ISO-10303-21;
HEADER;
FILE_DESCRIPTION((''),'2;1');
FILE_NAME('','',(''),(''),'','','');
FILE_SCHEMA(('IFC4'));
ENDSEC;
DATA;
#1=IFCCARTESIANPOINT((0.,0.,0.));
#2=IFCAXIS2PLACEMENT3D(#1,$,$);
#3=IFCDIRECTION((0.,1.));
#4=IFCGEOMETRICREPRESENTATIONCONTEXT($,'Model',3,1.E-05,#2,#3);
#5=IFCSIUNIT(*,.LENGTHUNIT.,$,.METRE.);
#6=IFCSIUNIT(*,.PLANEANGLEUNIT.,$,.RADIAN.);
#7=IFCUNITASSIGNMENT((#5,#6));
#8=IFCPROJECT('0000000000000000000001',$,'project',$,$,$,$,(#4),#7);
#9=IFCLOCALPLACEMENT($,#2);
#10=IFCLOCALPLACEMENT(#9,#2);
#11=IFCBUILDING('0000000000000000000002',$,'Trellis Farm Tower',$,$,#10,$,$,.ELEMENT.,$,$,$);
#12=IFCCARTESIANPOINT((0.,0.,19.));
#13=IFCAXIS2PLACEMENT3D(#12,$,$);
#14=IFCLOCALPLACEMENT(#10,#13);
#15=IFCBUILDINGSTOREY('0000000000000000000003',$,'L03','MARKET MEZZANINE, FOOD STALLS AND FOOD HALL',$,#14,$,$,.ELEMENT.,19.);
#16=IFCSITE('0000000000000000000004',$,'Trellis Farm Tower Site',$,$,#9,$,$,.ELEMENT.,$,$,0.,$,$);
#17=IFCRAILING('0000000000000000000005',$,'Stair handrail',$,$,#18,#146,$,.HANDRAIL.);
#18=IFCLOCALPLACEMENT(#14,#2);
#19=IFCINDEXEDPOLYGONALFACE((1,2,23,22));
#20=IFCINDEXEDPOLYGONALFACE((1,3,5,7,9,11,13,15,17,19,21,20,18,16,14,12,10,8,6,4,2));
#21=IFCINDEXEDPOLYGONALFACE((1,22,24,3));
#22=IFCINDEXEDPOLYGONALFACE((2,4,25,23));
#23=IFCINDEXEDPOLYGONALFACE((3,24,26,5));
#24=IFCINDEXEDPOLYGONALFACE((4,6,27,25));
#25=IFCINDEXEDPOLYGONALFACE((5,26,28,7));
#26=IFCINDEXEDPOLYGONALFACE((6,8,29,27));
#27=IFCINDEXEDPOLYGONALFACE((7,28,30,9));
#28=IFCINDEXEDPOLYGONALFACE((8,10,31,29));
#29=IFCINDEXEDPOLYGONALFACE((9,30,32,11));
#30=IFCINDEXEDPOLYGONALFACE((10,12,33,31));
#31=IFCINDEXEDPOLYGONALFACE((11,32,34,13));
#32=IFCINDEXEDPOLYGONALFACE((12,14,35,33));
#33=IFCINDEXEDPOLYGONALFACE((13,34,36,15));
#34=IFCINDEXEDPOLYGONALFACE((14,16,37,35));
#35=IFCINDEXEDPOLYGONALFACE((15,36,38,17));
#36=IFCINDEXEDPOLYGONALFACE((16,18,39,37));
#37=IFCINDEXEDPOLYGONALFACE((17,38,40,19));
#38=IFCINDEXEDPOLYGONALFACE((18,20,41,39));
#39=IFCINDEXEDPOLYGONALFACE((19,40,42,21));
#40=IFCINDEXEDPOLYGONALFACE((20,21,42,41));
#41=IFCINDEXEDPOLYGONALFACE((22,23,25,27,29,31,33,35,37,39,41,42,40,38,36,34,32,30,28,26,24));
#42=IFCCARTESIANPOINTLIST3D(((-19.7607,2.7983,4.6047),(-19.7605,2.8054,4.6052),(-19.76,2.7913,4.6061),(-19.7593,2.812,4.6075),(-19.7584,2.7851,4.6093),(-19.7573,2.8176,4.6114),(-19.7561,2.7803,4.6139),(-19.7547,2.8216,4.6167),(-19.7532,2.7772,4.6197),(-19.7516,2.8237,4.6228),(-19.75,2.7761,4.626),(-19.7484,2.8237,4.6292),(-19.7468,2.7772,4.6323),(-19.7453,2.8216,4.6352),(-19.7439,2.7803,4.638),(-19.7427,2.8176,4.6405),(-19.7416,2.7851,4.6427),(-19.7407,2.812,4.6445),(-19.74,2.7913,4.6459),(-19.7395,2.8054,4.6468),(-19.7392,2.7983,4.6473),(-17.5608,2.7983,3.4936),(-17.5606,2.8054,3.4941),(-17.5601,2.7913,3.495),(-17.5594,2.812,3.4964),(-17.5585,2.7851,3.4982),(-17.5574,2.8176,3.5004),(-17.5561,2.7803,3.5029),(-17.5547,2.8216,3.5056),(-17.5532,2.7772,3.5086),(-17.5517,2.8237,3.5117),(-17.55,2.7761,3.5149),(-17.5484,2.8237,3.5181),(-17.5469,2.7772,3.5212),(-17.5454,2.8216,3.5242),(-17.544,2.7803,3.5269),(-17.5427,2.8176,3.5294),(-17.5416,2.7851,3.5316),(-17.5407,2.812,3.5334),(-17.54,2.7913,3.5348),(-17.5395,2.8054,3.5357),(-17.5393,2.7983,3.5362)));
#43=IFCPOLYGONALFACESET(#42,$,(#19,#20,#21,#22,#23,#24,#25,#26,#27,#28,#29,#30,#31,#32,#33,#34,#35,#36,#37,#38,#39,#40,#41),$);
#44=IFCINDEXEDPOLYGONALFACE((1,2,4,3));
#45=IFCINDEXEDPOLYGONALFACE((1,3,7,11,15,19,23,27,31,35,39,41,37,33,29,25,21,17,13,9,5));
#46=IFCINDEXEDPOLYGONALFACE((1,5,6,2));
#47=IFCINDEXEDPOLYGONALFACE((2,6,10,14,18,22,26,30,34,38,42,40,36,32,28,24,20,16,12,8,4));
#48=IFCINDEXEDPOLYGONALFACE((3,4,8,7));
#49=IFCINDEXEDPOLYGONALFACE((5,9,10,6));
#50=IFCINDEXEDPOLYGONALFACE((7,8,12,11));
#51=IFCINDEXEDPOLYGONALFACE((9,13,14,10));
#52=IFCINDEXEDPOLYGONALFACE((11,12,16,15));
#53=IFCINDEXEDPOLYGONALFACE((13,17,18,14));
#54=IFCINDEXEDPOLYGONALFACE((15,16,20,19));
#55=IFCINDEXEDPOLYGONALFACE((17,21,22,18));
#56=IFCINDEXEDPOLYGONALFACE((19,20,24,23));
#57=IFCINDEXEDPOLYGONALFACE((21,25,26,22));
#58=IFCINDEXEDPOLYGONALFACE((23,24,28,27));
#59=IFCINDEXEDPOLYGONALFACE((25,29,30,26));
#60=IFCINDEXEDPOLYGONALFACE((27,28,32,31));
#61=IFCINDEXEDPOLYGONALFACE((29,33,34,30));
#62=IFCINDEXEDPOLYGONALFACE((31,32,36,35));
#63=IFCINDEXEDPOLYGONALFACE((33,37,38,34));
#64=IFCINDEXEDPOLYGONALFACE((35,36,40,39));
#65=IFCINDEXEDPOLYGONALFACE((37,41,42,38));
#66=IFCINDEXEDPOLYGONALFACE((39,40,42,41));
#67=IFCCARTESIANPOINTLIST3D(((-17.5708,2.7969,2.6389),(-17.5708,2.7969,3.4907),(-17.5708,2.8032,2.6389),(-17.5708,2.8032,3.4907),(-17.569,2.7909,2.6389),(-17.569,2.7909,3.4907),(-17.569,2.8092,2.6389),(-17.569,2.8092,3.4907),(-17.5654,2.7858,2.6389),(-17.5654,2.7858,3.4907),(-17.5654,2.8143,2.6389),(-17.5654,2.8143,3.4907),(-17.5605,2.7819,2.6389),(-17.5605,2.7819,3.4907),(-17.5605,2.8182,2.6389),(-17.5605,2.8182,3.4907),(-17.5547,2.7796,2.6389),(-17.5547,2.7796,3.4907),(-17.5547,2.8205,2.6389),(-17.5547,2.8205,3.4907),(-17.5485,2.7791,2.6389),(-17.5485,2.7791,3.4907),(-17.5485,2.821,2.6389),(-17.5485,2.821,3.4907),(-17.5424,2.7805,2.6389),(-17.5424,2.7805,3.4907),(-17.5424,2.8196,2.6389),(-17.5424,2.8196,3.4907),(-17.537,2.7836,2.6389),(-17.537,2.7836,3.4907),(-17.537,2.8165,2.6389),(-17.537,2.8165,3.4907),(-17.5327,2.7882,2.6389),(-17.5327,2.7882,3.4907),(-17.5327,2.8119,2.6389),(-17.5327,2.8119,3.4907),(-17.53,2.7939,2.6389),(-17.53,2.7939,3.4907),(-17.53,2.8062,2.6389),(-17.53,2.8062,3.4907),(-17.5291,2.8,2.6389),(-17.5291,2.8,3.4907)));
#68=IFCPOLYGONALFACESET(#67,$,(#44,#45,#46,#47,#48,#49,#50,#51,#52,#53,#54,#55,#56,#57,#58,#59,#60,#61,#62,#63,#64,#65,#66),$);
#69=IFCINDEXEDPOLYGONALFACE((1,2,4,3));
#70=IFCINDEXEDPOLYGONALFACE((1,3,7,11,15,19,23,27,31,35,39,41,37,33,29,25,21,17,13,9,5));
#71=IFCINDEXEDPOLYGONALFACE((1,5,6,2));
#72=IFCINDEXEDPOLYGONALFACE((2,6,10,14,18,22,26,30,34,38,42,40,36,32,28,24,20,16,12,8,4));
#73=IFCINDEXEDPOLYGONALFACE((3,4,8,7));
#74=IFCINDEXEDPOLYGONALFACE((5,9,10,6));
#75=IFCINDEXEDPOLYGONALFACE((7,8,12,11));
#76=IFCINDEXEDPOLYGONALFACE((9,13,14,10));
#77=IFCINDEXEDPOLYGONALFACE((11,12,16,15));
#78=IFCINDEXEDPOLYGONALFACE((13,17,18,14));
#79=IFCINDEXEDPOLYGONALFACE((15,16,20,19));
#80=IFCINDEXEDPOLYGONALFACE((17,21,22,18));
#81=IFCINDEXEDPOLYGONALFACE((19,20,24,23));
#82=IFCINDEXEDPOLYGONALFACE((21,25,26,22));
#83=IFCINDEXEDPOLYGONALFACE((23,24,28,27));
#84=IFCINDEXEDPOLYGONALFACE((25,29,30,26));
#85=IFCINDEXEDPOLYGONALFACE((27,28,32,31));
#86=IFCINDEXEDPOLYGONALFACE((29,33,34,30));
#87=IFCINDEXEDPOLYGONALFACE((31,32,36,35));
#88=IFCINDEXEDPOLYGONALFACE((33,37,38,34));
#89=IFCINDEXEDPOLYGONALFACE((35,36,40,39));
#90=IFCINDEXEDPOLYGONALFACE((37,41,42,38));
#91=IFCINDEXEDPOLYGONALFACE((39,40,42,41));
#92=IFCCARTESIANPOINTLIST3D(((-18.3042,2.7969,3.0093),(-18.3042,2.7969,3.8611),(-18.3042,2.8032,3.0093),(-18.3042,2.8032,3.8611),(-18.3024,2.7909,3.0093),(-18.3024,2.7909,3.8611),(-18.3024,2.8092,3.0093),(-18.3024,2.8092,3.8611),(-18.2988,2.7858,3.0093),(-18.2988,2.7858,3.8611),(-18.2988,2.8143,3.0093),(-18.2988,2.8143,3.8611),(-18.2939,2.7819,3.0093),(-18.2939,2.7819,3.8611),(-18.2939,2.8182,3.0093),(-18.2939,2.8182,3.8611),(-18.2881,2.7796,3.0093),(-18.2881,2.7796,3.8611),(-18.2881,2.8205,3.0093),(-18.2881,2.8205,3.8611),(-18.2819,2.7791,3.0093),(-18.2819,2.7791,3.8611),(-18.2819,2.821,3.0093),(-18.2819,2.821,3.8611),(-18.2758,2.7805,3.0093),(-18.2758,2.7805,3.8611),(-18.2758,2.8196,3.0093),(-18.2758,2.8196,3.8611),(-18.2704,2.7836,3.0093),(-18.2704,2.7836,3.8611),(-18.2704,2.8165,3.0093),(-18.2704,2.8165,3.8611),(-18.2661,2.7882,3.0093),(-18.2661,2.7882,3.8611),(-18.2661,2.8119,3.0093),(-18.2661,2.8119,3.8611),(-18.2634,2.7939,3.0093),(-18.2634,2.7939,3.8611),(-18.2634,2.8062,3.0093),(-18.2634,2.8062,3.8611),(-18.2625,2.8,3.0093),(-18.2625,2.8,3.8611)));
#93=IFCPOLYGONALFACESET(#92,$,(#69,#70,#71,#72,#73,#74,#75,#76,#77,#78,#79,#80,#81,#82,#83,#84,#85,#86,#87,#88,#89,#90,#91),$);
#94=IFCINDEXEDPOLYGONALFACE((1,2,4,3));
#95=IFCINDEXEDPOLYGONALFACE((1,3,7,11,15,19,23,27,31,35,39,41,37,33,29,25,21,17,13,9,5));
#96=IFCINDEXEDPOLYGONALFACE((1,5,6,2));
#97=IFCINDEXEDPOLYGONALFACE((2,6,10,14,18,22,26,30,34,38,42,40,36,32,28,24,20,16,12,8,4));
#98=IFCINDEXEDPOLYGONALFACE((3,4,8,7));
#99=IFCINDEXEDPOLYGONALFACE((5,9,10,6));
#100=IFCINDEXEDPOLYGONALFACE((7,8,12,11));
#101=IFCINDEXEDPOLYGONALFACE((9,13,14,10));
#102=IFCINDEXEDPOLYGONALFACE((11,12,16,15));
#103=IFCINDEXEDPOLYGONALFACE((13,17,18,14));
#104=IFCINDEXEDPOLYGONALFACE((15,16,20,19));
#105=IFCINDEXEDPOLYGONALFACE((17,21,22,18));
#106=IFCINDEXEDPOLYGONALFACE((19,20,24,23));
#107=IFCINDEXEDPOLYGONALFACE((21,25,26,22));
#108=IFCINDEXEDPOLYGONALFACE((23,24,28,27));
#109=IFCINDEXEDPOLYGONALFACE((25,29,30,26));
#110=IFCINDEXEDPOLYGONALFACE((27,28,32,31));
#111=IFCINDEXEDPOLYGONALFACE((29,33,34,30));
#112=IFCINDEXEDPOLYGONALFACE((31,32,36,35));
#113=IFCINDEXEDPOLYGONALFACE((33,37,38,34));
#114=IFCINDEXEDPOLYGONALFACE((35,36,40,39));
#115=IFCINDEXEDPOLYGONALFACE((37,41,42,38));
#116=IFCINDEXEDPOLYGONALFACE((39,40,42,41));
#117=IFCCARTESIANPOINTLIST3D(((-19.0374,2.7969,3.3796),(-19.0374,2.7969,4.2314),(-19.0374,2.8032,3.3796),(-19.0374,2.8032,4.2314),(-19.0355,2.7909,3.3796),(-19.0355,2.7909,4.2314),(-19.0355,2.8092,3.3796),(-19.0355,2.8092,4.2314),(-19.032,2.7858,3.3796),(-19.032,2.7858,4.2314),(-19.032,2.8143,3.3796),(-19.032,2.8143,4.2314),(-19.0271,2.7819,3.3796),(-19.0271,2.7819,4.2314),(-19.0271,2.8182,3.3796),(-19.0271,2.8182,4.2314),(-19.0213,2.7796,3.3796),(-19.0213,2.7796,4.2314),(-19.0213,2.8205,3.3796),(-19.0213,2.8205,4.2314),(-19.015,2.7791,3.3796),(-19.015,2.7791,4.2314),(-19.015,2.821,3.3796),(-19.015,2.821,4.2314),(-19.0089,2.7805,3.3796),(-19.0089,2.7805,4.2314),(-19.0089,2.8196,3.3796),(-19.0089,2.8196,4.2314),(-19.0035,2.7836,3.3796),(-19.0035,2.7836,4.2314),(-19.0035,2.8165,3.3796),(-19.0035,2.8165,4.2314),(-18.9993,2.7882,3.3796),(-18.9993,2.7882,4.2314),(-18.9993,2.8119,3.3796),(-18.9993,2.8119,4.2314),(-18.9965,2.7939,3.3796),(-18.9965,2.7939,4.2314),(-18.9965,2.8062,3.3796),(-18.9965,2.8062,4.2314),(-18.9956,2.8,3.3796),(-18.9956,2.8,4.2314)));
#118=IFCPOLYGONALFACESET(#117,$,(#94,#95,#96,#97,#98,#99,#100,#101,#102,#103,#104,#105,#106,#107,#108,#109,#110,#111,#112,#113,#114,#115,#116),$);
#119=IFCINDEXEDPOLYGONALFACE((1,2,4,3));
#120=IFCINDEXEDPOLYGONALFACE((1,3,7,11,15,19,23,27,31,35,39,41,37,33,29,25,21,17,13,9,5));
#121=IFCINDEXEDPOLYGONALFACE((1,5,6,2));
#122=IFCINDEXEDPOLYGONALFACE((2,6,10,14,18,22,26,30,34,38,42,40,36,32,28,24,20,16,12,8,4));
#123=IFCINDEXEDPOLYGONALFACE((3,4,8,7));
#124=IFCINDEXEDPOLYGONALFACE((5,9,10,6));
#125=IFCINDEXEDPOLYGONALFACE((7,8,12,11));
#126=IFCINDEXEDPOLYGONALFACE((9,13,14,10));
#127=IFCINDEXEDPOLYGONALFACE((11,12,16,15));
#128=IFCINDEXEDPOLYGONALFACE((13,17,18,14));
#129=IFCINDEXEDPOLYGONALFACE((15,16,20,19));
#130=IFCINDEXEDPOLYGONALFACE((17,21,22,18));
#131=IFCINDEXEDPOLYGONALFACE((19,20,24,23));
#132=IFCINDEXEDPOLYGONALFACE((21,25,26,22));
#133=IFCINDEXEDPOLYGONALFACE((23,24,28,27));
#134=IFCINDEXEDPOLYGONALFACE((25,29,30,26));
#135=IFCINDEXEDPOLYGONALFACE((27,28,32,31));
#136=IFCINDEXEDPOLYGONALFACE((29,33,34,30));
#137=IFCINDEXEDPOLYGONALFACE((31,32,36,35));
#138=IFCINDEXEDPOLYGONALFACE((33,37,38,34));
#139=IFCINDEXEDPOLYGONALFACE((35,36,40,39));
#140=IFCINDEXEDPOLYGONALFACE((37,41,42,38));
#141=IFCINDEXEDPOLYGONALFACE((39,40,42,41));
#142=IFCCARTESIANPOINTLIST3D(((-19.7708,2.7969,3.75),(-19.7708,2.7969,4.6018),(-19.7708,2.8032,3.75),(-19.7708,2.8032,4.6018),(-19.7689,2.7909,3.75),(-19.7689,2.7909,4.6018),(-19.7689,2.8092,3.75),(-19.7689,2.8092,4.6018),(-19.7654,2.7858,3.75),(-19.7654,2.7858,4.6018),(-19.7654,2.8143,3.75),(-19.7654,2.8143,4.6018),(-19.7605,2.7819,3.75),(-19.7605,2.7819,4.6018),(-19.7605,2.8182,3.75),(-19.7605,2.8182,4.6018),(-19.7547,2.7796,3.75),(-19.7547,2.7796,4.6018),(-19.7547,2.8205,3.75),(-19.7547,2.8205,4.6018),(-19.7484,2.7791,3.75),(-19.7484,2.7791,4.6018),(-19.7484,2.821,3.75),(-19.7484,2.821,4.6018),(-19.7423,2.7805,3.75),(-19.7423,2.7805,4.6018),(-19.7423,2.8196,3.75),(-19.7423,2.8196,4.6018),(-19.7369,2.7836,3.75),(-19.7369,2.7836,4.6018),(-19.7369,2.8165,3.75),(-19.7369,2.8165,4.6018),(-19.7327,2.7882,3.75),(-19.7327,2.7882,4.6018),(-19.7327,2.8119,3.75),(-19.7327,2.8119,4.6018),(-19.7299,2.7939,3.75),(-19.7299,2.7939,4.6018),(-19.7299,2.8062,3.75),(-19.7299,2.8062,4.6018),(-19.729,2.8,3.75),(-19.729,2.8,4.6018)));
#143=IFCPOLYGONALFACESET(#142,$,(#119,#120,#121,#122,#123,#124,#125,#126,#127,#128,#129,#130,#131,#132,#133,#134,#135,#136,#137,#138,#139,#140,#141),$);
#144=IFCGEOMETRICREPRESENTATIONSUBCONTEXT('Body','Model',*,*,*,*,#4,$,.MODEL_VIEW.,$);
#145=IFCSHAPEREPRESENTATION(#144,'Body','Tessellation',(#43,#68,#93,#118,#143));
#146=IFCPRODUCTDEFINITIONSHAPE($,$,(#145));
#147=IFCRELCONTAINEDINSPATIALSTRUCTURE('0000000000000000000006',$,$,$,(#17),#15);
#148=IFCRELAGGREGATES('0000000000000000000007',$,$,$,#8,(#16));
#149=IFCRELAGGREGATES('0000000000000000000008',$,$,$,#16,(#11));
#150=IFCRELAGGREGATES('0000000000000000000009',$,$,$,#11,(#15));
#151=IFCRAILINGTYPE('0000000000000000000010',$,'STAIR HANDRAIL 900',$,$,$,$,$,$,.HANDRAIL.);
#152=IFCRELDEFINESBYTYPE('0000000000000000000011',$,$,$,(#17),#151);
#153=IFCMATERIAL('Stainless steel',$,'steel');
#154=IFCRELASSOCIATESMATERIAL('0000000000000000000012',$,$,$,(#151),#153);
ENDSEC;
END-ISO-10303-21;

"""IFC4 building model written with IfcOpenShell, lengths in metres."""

from ifc_helpers import new_model, si_unit, direction, frame, origin, origin_2d, place, context, subcontext, project, spatial, circle, extrude, source, transform, mapped, material, type_object, element, save


model = new_model("IFC4")

# Units and contexts
model_context = context("Model", 3, precision=1e-05, world=origin(), true_north=direction((0.0, 1.0)))
body_context = subcontext(model_context, "Body", "Model", "MODEL_VIEW")
ifc_project = project(units=[si_unit("LENGTHUNIT", "METRE"), si_unit("PLANEANGLEUNIT", "RADIAN")], contexts=[model_context])

# Site, building, storey
site_placement = place(None, origin())
site = spatial("IfcSite", under=ifc_project, at=site_placement, Name="Trellis Farm Tower Site", CompositionType="ELEMENT", RefElevation=0.0)
building_placement = place(site_placement, origin())
building = spatial("IfcBuilding", under=site, at=building_placement, Name="Trellis Farm Tower", CompositionType="ELEMENT")
storey_placement = place(building_placement, frame((0.0, 0.0, 19.0)))
storey = spatial("IfcBuildingStorey", under=building, at=storey_placement, Name="L03", Description="MARKET MEZZANINE, FOOD STALLS AND FOOD HALL", CompositionType="ELEMENT", Elevation=19.0)

# Shared definitions
ifc_material_1 = material(Name="Stainless steel", Category="steel")

# Railing
railing_type = type_object("IfcRailingType", Name="STAIR HANDRAIL 900", PredefinedType="HANDRAIL", material=ifc_material_1)
shared_shape_1 = source(origin(), body_context, "Body", "SweptSolid", [
    extrude(circle(Radius=0.0239, at=origin_2d()), frame((0.0, 0.0, 0.876), z_axis=(-0.892617, 0.0, 0.450816), x_axis=(0.0, -1.0, 0.0)), (0.0, 0.0, 1.0), 2.4646),
    extrude(circle(Radius=0.021, at=origin_2d()), origin(), (0.0, 0.0, 1.0), 0.8518),
    extrude(circle(Radius=0.021, at=origin_2d()), frame((-0.7334, 0.0, 0.3704)), (0.0, 0.0, 1.0), 0.8518),
    extrude(circle(Radius=0.021, at=origin_2d()), frame((-1.4666, 0.0, 0.7407)), (0.0, 0.0, 1.0), 0.8518),
    extrude(circle(Radius=0.021, at=origin_2d()), frame((-2.2, 0.0, 1.1111)), (0.0, 0.0, 1.0), 0.8518),
])
for number, where, name in (
    (1, (-17.55, 2.8, 2.6389), "Stair handrail"),
):
    element("IfcRailing", number, at=place(storey_placement, frame(where)), inside=storey, type_object=railing_type, Name=name, PredefinedType="HANDRAIL", context=body_context, shape_type="MappedRepresentation", body=[
        mapped(shared_shape_1, transform((0.0, 0.0, 0.0))),
    ])

save(model, "model.ifc")
